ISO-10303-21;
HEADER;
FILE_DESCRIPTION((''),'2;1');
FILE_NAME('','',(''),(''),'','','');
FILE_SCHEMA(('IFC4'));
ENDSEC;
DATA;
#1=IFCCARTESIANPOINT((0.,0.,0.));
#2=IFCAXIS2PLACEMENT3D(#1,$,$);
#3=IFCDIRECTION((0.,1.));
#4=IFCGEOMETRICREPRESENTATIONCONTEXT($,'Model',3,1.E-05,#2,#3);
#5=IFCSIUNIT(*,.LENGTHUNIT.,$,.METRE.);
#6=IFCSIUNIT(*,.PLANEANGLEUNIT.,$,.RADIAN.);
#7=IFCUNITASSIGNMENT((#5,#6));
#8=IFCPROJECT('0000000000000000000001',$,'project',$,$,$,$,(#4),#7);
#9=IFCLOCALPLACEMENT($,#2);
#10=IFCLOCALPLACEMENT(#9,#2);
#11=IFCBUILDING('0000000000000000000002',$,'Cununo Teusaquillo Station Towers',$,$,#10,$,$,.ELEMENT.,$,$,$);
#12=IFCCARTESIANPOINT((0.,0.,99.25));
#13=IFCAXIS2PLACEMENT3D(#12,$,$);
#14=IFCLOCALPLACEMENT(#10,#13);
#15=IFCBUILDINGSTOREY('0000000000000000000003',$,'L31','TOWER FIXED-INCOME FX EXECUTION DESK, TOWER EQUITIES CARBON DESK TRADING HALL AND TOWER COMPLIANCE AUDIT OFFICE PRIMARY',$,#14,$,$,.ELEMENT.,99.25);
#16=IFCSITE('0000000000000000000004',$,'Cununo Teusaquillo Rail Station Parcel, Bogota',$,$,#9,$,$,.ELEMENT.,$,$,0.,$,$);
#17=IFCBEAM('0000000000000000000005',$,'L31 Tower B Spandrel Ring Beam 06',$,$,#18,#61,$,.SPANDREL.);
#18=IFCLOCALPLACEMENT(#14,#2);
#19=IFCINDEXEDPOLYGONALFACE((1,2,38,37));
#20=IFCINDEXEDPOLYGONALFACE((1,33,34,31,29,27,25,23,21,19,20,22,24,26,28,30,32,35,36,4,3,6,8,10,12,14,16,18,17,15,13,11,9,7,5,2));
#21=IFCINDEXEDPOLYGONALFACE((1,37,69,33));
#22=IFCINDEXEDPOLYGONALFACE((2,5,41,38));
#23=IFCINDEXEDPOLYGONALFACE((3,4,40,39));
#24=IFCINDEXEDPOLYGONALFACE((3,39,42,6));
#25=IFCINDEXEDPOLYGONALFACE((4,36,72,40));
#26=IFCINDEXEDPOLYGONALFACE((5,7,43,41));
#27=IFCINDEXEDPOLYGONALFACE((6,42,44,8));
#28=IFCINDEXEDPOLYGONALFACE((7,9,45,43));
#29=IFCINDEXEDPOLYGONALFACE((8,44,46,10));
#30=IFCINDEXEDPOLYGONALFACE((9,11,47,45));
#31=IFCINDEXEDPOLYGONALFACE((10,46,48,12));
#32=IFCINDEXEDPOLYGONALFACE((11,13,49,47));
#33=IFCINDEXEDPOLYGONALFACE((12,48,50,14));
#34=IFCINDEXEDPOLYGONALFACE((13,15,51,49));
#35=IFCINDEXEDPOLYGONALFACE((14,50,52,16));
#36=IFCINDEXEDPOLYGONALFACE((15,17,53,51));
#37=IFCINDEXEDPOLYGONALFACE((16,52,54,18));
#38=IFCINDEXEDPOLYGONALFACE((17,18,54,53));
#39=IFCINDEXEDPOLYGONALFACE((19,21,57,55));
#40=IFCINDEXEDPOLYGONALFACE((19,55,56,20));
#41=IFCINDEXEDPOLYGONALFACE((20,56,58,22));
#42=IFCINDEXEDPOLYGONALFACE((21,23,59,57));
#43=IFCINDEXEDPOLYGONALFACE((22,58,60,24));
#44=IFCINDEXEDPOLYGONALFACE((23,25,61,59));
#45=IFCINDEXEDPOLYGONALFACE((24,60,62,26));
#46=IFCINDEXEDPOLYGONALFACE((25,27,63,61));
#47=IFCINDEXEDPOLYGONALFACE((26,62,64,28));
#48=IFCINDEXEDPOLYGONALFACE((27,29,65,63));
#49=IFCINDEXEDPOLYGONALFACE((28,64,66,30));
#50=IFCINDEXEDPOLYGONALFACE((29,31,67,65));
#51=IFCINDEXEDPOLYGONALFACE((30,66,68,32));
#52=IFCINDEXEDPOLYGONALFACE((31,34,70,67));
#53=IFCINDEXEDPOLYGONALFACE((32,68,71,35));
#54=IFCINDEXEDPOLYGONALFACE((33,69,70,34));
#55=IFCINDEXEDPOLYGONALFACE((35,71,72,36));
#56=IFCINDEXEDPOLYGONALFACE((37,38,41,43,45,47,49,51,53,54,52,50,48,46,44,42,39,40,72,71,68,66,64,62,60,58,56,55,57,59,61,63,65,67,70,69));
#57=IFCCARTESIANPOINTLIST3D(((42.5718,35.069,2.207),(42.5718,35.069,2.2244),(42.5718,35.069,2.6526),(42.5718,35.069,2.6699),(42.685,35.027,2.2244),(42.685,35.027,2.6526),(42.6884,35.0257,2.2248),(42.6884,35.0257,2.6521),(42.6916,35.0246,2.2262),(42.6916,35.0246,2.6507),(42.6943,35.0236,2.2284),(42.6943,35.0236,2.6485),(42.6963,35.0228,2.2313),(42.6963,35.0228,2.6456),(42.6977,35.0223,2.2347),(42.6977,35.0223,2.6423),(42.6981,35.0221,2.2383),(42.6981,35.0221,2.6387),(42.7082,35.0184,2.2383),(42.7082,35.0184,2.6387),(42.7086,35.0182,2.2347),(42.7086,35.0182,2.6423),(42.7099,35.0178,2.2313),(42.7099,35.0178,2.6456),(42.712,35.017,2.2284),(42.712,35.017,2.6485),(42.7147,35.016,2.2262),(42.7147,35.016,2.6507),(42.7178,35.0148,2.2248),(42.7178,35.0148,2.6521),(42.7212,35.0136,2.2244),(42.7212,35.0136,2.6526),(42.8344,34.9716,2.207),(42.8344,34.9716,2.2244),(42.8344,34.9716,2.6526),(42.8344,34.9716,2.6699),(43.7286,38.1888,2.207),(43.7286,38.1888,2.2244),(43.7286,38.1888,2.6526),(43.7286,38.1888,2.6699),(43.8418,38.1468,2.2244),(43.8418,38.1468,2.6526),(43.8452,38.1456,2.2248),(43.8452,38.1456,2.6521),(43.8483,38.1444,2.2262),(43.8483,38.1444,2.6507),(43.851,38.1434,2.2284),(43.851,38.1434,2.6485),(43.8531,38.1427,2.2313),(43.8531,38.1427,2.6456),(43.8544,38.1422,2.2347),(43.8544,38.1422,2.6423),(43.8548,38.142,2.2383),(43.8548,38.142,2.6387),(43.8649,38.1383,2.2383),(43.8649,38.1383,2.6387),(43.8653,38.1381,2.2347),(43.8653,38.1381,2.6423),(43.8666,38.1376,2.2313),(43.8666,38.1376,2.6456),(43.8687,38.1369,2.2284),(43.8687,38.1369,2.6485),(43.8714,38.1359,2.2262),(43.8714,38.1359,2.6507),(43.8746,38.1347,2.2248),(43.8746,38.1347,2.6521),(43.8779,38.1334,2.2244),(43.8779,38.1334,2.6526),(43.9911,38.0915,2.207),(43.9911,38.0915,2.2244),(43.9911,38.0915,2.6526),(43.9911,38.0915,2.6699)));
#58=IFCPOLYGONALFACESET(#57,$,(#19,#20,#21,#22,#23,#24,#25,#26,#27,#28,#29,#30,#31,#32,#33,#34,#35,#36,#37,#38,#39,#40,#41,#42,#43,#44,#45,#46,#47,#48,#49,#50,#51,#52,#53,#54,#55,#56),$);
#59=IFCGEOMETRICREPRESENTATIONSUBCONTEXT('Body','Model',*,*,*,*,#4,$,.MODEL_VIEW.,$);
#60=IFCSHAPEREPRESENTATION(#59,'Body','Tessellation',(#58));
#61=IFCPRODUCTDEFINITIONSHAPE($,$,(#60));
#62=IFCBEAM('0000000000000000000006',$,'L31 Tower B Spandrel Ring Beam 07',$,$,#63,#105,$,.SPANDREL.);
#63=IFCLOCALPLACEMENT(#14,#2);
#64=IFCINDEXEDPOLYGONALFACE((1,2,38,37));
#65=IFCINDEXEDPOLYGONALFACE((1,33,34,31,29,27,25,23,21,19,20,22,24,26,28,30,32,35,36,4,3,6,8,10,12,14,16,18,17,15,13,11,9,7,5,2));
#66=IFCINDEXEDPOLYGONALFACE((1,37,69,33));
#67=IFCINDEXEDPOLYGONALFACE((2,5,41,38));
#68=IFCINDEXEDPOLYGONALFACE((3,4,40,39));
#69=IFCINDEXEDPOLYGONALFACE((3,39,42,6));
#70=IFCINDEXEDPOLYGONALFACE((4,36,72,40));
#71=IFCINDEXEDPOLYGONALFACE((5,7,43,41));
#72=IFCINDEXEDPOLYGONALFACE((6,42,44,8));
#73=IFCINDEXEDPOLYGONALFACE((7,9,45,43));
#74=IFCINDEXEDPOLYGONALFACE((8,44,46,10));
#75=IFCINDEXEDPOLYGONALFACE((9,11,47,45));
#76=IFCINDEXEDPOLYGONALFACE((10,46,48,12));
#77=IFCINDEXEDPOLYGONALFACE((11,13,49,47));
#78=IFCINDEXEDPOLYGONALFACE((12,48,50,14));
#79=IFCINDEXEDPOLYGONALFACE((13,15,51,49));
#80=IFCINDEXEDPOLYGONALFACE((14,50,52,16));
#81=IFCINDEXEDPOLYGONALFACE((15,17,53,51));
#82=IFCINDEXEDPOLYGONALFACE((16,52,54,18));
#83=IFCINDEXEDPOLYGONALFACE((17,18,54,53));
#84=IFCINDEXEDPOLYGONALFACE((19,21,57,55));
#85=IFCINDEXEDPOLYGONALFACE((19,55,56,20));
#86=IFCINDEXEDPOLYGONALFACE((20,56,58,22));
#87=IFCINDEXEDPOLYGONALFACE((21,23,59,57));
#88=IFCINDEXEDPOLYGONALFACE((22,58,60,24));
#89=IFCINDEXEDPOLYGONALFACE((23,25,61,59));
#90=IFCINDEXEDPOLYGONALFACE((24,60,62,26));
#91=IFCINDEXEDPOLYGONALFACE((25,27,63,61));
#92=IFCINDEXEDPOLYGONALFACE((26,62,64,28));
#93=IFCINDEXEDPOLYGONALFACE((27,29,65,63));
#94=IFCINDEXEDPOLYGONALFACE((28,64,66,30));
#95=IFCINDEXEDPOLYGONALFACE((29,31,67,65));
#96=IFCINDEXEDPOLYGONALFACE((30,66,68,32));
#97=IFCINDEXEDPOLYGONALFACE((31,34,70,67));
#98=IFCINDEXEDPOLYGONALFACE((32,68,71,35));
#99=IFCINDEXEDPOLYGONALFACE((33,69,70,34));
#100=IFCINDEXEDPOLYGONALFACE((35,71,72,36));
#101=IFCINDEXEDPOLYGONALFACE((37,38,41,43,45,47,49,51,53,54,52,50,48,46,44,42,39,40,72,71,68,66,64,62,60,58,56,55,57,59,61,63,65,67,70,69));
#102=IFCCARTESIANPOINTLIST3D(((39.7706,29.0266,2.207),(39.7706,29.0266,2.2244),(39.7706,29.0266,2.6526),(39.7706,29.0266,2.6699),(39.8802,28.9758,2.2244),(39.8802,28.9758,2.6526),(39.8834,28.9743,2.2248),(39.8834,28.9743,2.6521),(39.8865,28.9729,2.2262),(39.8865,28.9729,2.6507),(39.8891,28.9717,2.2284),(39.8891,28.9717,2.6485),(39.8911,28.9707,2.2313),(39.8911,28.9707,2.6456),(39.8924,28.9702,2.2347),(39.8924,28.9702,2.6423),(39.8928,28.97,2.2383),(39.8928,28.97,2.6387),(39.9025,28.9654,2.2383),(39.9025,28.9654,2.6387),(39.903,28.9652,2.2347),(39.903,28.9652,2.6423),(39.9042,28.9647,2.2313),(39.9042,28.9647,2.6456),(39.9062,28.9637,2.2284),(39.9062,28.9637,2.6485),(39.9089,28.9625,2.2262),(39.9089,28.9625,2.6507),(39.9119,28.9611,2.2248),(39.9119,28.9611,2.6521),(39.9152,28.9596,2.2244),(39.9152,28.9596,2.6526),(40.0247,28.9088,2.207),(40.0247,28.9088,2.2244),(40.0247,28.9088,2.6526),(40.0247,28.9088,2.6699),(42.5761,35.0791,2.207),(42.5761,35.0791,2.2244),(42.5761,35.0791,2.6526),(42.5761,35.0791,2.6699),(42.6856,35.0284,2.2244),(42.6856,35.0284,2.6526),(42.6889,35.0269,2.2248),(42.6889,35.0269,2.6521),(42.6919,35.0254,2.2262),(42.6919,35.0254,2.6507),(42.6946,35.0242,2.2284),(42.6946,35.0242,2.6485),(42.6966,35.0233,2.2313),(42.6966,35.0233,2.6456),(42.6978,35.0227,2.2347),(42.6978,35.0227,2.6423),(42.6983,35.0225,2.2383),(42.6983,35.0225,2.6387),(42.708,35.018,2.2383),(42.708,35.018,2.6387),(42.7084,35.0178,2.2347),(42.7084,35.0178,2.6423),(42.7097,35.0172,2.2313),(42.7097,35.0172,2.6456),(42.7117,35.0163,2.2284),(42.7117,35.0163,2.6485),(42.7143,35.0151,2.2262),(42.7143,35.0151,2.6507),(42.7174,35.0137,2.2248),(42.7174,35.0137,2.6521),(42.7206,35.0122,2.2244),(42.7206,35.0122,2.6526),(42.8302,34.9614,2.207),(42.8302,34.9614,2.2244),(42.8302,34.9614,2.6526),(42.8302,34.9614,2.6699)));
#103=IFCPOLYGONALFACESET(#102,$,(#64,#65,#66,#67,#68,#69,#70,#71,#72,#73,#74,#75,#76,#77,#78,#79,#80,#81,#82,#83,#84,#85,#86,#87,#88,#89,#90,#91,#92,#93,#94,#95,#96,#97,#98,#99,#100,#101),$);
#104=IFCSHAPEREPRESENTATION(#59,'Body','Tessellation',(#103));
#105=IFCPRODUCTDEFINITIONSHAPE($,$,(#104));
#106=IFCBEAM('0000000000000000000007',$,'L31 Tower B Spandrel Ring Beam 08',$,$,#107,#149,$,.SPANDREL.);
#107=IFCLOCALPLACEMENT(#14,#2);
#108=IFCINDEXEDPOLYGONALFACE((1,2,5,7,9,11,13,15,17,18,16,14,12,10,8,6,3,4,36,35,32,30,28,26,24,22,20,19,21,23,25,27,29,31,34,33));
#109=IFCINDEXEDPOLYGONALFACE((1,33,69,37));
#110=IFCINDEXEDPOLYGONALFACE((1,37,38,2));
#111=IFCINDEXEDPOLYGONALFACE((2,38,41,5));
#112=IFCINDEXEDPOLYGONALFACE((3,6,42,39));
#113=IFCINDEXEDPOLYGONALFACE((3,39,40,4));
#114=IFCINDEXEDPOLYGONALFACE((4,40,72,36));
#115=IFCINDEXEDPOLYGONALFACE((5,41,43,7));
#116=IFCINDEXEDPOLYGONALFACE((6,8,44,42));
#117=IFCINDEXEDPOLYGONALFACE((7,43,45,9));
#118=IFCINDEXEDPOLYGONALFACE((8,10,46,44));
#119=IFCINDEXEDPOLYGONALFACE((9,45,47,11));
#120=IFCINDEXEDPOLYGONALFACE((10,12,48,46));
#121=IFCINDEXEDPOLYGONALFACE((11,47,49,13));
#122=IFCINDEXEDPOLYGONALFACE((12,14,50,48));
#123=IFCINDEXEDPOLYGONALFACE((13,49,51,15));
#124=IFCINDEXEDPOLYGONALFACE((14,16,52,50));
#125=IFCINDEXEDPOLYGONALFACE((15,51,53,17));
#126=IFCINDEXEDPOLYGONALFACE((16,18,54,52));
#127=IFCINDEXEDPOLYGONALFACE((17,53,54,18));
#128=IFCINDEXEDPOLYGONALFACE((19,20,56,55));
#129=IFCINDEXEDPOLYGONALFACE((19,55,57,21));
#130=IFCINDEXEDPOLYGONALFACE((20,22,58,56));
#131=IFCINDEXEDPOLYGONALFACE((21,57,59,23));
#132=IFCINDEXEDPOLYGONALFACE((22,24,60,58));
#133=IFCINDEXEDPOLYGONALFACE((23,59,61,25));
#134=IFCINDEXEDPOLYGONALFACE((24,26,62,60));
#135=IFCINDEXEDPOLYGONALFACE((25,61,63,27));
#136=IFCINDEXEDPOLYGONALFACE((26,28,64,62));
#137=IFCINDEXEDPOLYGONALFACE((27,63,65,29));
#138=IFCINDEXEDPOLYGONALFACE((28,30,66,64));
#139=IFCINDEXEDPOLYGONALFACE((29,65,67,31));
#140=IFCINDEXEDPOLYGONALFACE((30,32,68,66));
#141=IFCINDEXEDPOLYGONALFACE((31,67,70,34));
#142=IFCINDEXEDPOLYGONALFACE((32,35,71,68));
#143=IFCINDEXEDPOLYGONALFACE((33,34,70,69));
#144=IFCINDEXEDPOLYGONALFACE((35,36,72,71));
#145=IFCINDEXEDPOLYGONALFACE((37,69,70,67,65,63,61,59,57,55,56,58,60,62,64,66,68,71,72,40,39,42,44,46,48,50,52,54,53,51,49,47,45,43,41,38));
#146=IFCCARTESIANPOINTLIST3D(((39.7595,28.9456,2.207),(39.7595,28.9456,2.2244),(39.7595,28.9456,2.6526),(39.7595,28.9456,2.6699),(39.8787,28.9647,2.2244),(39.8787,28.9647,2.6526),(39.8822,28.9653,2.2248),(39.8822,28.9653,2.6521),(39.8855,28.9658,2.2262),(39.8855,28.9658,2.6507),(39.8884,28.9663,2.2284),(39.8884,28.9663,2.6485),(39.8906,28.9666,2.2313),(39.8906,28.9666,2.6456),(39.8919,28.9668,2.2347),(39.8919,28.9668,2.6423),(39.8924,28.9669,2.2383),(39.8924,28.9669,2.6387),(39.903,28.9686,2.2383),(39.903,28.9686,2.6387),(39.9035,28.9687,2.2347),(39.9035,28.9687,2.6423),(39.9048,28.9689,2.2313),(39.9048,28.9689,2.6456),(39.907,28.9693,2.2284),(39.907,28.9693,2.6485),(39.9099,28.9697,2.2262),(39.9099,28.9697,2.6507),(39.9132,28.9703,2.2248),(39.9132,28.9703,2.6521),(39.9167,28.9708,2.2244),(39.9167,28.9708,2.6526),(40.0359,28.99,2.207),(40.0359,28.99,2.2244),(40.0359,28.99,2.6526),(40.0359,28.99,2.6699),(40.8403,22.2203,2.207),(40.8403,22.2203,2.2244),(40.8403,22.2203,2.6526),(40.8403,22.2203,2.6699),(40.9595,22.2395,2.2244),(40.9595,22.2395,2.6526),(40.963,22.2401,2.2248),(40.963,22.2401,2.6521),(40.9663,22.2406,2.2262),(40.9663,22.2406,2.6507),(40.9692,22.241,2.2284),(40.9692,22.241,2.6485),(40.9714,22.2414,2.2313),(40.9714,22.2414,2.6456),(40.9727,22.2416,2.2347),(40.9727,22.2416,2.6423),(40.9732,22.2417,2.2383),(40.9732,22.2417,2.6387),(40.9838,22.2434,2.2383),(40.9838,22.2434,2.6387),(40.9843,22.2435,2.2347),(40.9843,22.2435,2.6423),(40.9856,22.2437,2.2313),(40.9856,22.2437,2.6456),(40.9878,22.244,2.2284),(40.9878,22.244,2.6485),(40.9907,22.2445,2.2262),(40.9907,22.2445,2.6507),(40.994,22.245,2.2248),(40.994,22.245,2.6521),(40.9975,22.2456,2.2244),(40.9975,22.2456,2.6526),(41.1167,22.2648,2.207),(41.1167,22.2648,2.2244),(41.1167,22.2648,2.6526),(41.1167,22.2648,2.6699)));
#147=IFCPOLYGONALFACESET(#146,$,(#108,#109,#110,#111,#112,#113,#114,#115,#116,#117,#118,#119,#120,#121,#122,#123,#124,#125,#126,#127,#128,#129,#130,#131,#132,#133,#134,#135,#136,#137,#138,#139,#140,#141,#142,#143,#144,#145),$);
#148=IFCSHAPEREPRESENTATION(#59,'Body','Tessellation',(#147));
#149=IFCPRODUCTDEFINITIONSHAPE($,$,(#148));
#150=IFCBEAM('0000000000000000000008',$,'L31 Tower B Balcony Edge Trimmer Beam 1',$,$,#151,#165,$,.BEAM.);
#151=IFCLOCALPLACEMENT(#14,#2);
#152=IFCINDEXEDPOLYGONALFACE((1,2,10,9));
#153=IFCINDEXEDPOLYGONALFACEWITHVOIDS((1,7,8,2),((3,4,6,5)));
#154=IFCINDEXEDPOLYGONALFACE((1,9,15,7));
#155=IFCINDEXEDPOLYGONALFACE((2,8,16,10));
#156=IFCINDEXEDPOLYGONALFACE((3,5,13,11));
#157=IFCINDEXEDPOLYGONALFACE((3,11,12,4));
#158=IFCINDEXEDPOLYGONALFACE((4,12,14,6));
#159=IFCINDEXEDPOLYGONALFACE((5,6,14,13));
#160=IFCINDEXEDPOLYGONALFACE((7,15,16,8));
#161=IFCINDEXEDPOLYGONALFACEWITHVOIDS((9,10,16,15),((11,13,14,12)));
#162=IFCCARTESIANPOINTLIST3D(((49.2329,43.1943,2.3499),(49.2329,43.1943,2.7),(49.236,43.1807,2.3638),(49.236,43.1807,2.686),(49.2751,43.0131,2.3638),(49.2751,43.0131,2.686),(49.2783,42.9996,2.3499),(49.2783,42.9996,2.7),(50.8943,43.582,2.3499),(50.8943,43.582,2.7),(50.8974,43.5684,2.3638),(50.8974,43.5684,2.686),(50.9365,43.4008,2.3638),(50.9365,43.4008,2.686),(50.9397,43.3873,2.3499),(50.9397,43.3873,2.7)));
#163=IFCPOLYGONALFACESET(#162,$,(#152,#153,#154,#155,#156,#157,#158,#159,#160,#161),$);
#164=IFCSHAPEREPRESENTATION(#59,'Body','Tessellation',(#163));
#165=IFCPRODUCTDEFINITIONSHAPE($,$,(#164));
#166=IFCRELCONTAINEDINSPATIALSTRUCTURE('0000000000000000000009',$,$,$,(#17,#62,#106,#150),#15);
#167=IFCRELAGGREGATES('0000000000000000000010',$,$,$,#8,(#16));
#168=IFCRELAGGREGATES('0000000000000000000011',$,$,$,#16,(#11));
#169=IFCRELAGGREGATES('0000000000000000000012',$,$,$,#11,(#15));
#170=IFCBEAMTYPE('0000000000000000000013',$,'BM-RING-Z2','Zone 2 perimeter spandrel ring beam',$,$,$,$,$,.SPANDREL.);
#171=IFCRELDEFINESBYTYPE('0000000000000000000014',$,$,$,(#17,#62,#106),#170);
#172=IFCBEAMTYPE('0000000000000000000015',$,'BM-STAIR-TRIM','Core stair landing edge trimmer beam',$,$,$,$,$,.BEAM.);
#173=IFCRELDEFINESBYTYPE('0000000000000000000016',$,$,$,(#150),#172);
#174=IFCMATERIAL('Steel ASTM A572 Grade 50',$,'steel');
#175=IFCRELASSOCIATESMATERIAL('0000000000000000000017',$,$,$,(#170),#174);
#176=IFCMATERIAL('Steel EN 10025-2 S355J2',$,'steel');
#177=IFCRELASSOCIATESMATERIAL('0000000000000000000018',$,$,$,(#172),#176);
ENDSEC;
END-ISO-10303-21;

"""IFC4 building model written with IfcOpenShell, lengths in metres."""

from ifc_helpers import new_model, si_unit, direction, frame, origin, origin_2d, place, context, subcontext, project, spatial, hollow_rectangle, i_section, extrude, material, material_profile, profile_set, type_object, element, save


model = new_model("IFC4")

# Units and contexts
model_context = context("Model", 3, precision=1e-05, world=origin(), true_north=direction((0.0, 1.0)))
body_context = subcontext(model_context, "Body", "Model", "MODEL_VIEW")
ifc_project = project(units=[si_unit("LENGTHUNIT", "METRE"), si_unit("PLANEANGLEUNIT", "RADIAN")], contexts=[model_context])

# Site, building, storey
site_placement = place(None, origin())
site = spatial("IfcSite", under=ifc_project, at=site_placement, Name="Cununo Teusaquillo Rail Station Parcel, Bogota", CompositionType="ELEMENT", RefElevation=0.0)
building_placement = place(site_placement, origin())
building = spatial("IfcBuilding", under=site, at=building_placement, Name="Cununo Teusaquillo Station Towers", CompositionType="ELEMENT")
storey_placement = place(building_placement, frame((0.0, 0.0, 99.25)))
storey = spatial("IfcBuildingStorey", under=building, at=storey_placement, Name="L31", Description="TOWER FIXED-INCOME FX EXECUTION DESK, TOWER EQUITIES CARBON DESK TRADING HALL AND TOWER COMPLIANCE AUDIT OFFICE PRIMARY", CompositionType="ELEMENT", Elevation=99.25)

# Beams
ifc_material_1 = material(Name="Steel ASTM A572 Grade 50", Category="steel")
ifc_material_profile_1 = material_profile(ifc_material_1, i_section(OverallWidth=0.28, OverallDepth=0.4629, WebThickness=0.0107, FlangeThickness=0.0173, FilletRadius=0.0139, at=origin_2d()), Name="W18X76")
ifc_profile_set_1 = profile_set([ifc_material_profile_1], Name="Steel ASTM A572 Grade 50")
beam_type_1 = type_object("IfcBeamType", Name="BM-RING-Z2", Description="Zone 2 perimeter spandrel ring beam", PredefinedType="SPANDREL", material=ifc_profile_set_1)
for number, where, z_axis, x_axis, name in (
    (1, (43.8599, 38.1401, 2.4385), (-0.347639, -0.937628, 0.0), (0.937628, -0.347639, 0.0), "L31 Tower B Spandrel Ring Beam 06"),
):
    element("IfcBeam", number, at=place(storey_placement, frame(where, z_axis=z_axis, x_axis=x_axis)), inside=storey, type_object=beam_type_1, Name=name, PredefinedType="SPANDREL", context=body_context, shape_type="SweptSolid", body=[
        extrude(i_section(OverallWidth=0.28, OverallDepth=0.4629, WebThickness=0.0107, FlangeThickness=0.0173, FilletRadius=0.0139, at=origin_2d()), origin(), (0.0, 0.0, 1.0), 3.3274),
    ])
beam_1_placement = place(storey_placement, frame((42.7031, 35.0203, 2.4385), z_axis=(-0.420536, -0.907276, 0.0), x_axis=(0.907276, -0.420536, 0.0)))
element("IfcBeam", 2, at=beam_1_placement, inside=storey, type_object=beam_type_1, Name="L31 Tower B Spandrel Ring Beam 07", PredefinedType="SPANDREL", context=body_context, shape_type="SweptSolid", body=[
    extrude(i_section(OverallWidth=0.28, OverallDepth=0.4629, WebThickness=0.0107, FlangeThickness=0.0173, FilletRadius=0.0139, at=origin_2d()), origin(), (0.0, 0.0, 1.0), 6.6711),
])
beam_2_placement = place(storey_placement, frame((39.8977, 28.9678, 2.4385), z_axis=(0.158671, -0.987331, 0.0), x_axis=(0.987331, 0.158671, 0.0)))
element("IfcBeam", 3, at=beam_2_placement, inside=storey, type_object=beam_type_1, Name="L31 Tower B Spandrel Ring Beam 08", PredefinedType="SPANDREL", context=body_context, shape_type="SweptSolid", body=[
    extrude(i_section(OverallWidth=0.28, OverallDepth=0.4629, WebThickness=0.0107, FlangeThickness=0.0173, FilletRadius=0.0139, at=origin_2d()), origin(), (0.0, 0.0, 1.0), 6.8115),
])
ifc_material_2 = material(Name="Steel EN 10025-2 S355J2", Category="steel")
ifc_material_profile_2 = material_profile(ifc_material_2, hollow_rectangle(XDim=0.2, YDim=0.3501, WallThickness=0.0139, at=origin_2d()), Name="RHS 350x200x14")
ifc_profile_set_2 = profile_set([ifc_material_profile_2], Name="Steel EN 10025-2 S355J2")
beam_type_2 = type_object("IfcBeamType", Name="BM-STAIR-TRIM", Description="Core stair landing edge trimmer beam", PredefinedType="BEAM", material=ifc_profile_set_2)
beam_3_placement = place(storey_placement, frame((50.917, 43.4846, 2.5249), z_axis=(-0.973836, -0.227252, 0.0), x_axis=(0.227252, -0.973836, 0.0)))
element("IfcBeam", 4, at=beam_3_placement, inside=storey, type_object=beam_type_2, Name="L31 Tower B Balcony Edge Trimmer Beam 1", PredefinedType="BEAM", context=body_context, shape_type="SweptSolid", body=[
    extrude(hollow_rectangle(XDim=0.2, YDim=0.3501, WallThickness=0.0139, at=origin_2d()), origin(), (0.0, 0.0, 1.0), 1.7061),
])

save(model, "model.ifc")
